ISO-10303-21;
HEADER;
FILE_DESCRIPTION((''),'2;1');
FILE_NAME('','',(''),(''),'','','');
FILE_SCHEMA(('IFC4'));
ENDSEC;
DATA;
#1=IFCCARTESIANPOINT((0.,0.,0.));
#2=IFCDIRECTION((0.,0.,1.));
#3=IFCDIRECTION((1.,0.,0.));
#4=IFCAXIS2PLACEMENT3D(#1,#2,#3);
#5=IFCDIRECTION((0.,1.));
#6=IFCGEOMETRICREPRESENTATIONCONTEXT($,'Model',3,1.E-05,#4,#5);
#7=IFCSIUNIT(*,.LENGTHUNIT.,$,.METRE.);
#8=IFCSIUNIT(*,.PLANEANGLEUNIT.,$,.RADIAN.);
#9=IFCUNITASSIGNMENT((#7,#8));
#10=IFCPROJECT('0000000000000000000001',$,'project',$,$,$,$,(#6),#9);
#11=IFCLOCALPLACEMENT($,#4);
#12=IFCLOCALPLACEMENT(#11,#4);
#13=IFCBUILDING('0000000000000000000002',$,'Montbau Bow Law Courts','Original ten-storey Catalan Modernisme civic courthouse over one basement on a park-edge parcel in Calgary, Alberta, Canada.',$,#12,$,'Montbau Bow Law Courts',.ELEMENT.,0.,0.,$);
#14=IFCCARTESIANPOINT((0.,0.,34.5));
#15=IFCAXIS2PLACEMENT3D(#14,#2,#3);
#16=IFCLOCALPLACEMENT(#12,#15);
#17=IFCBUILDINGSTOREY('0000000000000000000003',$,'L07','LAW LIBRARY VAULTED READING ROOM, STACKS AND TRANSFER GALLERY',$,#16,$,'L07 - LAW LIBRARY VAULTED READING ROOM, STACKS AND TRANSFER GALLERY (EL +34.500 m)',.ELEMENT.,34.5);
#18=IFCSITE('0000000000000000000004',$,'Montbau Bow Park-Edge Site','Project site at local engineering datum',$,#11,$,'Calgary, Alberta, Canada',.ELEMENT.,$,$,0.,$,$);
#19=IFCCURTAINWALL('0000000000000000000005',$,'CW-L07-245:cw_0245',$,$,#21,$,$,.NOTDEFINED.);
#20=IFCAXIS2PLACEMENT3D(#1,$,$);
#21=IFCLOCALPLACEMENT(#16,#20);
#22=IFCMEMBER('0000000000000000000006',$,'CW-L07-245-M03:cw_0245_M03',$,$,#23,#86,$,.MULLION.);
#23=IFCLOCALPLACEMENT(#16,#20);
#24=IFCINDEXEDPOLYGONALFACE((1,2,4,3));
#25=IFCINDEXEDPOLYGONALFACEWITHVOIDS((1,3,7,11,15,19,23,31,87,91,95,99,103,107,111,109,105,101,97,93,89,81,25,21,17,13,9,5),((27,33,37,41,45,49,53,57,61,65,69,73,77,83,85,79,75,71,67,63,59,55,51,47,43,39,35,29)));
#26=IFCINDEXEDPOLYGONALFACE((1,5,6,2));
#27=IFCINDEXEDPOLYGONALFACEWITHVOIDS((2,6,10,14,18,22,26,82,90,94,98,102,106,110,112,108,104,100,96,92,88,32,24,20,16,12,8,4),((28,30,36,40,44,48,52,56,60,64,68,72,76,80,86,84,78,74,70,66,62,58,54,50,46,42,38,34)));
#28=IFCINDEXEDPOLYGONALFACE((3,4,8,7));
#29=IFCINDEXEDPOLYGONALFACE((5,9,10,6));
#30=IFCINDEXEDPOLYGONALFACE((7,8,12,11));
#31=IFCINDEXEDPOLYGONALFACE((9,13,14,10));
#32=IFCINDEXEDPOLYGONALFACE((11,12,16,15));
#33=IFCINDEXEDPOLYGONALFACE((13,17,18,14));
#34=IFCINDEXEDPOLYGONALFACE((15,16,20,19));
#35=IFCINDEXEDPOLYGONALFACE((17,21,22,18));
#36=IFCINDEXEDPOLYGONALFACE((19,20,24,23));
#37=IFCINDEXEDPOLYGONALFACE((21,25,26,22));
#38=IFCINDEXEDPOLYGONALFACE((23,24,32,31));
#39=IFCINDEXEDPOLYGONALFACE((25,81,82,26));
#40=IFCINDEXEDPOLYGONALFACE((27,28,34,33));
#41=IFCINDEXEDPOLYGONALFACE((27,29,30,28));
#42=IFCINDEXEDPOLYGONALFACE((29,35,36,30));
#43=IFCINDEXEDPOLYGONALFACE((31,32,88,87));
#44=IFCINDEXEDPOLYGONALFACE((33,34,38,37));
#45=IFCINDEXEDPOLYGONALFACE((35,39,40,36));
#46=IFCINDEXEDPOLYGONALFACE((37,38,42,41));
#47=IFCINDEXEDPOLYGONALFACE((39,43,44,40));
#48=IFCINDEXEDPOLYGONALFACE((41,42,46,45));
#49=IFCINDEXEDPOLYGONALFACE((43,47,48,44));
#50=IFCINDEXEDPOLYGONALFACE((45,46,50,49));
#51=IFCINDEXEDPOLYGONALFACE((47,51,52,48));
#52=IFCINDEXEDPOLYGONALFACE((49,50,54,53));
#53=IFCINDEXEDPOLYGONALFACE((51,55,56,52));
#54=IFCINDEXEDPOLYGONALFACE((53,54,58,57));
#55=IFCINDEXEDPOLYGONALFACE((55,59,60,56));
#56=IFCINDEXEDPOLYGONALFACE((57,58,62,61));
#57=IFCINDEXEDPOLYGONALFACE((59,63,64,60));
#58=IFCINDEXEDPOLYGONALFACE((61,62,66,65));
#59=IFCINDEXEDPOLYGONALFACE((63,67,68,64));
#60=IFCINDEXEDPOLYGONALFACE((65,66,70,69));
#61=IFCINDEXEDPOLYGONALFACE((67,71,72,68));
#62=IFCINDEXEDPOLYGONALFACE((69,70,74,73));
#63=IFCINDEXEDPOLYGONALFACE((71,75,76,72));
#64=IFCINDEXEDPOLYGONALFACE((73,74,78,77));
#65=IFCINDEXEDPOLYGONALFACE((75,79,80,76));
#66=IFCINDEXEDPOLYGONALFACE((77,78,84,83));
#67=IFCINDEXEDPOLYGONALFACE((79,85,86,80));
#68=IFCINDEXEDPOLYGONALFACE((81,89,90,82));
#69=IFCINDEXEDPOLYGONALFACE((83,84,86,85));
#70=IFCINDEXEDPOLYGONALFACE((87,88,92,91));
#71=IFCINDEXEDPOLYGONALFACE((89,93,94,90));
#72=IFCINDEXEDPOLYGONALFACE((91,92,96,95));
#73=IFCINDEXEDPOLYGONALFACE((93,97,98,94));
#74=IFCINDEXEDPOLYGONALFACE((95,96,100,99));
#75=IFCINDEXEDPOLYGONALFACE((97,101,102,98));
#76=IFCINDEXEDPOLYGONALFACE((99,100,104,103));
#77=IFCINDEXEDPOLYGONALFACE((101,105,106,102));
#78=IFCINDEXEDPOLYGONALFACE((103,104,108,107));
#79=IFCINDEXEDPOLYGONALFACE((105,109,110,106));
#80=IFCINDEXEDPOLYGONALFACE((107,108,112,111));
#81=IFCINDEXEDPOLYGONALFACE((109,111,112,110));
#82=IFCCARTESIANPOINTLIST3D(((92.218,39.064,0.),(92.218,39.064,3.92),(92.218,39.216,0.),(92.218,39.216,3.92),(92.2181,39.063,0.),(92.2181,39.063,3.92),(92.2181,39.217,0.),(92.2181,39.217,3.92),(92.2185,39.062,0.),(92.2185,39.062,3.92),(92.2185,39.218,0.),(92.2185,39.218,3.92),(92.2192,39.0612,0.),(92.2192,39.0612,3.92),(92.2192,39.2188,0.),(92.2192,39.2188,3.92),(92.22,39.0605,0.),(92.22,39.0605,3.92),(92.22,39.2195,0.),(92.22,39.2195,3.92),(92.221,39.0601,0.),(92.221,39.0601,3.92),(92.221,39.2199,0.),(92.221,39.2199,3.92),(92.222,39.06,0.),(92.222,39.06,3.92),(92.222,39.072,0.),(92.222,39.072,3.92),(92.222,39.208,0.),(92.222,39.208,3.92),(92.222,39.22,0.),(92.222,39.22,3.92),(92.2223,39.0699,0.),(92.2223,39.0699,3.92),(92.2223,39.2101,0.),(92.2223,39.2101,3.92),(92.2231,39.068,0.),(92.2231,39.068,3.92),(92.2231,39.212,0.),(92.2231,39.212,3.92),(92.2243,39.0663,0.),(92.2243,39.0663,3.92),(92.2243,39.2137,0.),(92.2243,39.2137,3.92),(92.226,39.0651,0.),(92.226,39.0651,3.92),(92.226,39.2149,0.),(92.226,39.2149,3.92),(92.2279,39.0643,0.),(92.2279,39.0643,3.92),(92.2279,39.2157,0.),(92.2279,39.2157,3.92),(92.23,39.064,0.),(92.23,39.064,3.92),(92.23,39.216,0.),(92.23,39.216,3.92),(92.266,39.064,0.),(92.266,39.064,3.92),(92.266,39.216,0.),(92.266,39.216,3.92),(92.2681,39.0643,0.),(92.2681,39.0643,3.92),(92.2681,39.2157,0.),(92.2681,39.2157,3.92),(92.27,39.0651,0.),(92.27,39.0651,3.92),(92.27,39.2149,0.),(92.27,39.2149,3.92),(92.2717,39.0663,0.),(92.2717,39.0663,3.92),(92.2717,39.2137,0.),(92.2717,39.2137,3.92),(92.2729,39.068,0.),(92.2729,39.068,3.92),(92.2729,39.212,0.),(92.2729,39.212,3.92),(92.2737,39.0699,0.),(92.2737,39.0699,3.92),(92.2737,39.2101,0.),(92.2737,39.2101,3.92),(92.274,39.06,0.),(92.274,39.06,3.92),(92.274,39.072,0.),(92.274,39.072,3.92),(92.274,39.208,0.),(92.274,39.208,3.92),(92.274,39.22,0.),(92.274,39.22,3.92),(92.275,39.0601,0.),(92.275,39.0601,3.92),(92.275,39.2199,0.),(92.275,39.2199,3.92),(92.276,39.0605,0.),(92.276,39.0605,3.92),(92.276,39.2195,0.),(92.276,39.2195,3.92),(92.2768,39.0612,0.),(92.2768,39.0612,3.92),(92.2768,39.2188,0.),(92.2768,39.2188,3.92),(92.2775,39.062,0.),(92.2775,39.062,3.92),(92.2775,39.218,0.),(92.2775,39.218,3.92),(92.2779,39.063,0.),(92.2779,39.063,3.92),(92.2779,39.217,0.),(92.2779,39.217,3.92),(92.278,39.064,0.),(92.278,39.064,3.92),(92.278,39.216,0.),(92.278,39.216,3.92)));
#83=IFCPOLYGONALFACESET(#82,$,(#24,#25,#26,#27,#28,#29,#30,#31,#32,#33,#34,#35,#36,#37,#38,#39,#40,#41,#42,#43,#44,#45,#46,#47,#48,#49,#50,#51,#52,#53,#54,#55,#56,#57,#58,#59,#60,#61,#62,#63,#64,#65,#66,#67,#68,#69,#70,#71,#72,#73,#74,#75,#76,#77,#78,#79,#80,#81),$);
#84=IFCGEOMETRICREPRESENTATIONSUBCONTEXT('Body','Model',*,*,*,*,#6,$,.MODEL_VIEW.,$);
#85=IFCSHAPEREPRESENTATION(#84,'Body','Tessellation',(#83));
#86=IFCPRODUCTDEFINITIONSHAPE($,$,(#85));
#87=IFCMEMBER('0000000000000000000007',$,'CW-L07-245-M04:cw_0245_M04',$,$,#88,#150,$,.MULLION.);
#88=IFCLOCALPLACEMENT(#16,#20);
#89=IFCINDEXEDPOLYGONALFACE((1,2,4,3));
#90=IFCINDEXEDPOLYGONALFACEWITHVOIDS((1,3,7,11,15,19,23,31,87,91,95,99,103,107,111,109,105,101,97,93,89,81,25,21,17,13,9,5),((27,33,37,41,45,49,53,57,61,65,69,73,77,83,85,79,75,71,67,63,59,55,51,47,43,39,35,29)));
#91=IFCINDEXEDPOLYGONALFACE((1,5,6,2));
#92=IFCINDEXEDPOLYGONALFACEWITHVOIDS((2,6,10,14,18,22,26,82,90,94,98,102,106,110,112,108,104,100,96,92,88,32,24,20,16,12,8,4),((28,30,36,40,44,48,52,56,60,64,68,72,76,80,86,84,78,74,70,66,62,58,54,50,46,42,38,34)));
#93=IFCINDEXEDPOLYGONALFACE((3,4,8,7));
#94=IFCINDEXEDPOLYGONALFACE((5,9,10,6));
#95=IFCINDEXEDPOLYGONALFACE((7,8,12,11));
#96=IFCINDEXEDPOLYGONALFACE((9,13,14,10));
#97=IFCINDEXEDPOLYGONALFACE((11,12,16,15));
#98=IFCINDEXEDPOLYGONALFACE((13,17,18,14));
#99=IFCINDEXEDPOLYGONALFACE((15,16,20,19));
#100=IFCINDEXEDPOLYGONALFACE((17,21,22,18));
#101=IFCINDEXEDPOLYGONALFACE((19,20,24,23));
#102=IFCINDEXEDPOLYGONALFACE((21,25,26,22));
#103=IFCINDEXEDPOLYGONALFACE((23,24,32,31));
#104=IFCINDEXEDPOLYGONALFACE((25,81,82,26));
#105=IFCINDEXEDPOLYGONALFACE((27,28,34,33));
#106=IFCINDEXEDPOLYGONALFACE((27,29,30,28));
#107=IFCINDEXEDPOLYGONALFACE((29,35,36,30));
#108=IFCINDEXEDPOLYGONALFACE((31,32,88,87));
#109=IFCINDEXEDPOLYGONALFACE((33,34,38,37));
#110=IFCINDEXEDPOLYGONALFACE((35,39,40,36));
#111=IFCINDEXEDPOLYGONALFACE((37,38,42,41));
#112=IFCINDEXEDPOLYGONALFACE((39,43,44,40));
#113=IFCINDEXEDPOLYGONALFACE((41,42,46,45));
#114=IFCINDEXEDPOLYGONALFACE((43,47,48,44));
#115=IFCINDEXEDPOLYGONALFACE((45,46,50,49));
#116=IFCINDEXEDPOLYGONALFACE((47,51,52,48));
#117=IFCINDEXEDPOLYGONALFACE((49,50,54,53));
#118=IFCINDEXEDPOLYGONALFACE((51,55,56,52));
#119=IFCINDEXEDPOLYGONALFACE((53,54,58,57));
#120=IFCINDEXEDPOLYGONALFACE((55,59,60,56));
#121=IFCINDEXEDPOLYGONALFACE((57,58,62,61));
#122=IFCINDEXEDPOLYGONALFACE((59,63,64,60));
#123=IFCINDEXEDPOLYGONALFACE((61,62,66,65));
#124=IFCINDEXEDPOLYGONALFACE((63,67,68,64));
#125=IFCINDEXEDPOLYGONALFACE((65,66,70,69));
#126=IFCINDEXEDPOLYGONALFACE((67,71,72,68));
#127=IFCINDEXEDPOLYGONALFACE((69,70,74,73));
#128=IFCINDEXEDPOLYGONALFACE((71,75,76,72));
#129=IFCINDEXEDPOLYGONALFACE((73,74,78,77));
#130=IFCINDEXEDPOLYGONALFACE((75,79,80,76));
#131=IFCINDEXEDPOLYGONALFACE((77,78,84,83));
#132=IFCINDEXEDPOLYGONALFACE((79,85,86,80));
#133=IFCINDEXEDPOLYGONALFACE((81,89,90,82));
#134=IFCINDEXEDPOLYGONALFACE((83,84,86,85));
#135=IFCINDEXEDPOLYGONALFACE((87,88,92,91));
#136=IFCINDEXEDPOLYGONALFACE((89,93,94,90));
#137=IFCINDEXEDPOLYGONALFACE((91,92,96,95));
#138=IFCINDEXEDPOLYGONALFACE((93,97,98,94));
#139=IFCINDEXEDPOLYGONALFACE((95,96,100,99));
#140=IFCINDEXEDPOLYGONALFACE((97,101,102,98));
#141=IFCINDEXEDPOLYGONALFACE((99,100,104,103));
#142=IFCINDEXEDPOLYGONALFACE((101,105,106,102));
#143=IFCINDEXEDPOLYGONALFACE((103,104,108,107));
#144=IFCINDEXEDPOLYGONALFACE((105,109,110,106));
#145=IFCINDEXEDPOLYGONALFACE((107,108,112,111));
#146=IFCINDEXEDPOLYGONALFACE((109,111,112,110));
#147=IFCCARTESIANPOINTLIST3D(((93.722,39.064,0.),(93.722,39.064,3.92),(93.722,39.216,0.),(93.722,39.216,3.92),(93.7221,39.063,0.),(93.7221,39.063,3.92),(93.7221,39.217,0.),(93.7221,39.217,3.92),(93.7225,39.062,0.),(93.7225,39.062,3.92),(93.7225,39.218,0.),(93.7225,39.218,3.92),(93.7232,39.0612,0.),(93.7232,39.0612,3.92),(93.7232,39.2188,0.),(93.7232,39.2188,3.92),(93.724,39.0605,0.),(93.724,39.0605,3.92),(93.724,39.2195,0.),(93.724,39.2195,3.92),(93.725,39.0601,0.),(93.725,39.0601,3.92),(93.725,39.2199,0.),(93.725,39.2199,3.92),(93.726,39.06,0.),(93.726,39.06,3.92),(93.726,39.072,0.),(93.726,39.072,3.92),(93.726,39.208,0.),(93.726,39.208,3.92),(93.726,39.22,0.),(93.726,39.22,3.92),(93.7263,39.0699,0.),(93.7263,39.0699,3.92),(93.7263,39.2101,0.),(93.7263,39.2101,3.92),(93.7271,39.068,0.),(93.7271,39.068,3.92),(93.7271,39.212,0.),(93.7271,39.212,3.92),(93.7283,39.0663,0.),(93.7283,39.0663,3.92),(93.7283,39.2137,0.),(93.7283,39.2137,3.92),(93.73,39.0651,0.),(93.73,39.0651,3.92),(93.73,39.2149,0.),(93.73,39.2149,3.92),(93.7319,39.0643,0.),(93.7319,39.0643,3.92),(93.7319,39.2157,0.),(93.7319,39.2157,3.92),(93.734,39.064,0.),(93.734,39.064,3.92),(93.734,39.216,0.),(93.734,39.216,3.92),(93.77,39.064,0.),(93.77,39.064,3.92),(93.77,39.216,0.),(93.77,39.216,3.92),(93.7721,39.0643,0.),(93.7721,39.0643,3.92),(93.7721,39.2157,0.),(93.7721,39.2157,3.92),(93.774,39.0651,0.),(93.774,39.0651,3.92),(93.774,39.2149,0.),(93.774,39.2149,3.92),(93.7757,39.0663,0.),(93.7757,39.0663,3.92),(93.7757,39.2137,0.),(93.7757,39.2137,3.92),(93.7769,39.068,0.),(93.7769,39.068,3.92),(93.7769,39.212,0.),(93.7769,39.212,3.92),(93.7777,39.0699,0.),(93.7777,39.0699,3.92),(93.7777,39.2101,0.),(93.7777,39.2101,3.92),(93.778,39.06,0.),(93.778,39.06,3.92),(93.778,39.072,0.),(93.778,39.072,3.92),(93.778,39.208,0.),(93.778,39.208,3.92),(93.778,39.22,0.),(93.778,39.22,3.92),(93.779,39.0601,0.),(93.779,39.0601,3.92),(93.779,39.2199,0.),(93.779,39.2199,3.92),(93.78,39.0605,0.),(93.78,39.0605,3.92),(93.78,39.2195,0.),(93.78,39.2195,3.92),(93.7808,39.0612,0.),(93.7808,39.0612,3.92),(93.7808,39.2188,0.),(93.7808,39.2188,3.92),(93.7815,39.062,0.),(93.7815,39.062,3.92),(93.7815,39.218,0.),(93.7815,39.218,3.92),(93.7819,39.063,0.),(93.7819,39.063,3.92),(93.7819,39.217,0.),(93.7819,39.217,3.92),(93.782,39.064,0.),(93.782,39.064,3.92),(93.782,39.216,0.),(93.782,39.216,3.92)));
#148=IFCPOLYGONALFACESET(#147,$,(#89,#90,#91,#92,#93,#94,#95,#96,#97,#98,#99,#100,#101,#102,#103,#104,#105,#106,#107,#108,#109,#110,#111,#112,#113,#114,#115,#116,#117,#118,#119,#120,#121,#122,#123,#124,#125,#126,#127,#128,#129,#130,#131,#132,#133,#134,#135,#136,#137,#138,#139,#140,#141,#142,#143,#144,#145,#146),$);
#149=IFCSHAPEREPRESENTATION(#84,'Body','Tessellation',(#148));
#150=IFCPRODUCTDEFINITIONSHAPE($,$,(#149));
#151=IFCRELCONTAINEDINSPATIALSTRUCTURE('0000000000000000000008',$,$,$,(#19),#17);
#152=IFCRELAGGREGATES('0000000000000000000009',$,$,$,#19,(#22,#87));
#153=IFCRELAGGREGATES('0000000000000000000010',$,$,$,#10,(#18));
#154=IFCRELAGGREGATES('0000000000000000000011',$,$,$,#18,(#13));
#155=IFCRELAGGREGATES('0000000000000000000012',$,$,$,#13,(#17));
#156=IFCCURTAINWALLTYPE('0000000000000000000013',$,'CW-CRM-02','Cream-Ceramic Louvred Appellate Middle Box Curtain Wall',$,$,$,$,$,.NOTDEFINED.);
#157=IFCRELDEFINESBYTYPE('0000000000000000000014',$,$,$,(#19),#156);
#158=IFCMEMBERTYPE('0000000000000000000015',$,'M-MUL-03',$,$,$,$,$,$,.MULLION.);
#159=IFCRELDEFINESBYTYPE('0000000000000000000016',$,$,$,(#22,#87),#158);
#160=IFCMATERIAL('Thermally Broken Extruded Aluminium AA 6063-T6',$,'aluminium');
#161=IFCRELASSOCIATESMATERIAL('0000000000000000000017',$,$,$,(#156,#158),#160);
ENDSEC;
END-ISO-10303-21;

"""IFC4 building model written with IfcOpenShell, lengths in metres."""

from ifc_helpers import new_model, si_unit, direction, frame, origin_with_axes, origin_2d_with_axis, place, context, subcontext, project, spatial, hollow_rectangle, extrude, material, material_profile, profile_set, type_object, element, aggregate, save


model = new_model("IFC4")

# Units and contexts
model_context = context("Model", 3, precision=1e-05, world=origin_with_axes(), true_north=direction((0.0, 1.0)))
body_context = subcontext(model_context, "Body", "Model", "MODEL_VIEW")
ifc_project = project(units=[si_unit("LENGTHUNIT", "METRE"), si_unit("PLANEANGLEUNIT", "RADIAN")], contexts=[model_context])

# Site, building, storey
site_placement = place(None, origin_with_axes())
site = spatial("IfcSite", under=ifc_project, at=site_placement, Name="Montbau Bow Park-Edge Site", Description="Project site at local engineering datum", LongName="Calgary, Alberta, Canada", CompositionType="ELEMENT", RefElevation=0.0)
building_placement = place(site_placement, origin_with_axes())
building = spatial("IfcBuilding", under=site, at=building_placement, Name="Montbau Bow Law Courts", Description="Original ten-storey Catalan Modernisme civic courthouse over one basement on a park-edge parcel in Calgary, Alberta, Canada.", LongName="Montbau Bow Law Courts", CompositionType="ELEMENT", ElevationOfRefHeight=0.0, ElevationOfTerrain=0.0)
storey_placement = place(building_placement, frame((0.0, 0.0, 34.5), z_axis=(0.0, 0.0, 1.0), x_axis=(1.0, 0.0, 0.0)))
storey = spatial("IfcBuildingStorey", under=building, at=storey_placement, Name="L07", Description="LAW LIBRARY VAULTED READING ROOM, STACKS AND TRANSFER GALLERY", LongName="L07 - LAW LIBRARY VAULTED READING ROOM, STACKS AND TRANSFER GALLERY (EL +34.500 m)", CompositionType="ELEMENT", Elevation=34.5)

# Curtain wall, members
ifc_material_1 = material(Name="Thermally Broken Extruded Aluminium AA 6063-T6", Category="aluminium")
curtain_wall_type = type_object("IfcCurtainWallType", Name="CW-CRM-02", Description="Cream-Ceramic Louvred Appellate Middle Box Curtain Wall", PredefinedType="NOTDEFINED", material=ifc_material_1)
curtain_wall_placement = place(None, frame((89.24, 39.14, 34.5), z_axis=(0.0, 0.0, 1.0), x_axis=(1.0, 0.0, 0.0)))
curtain_wall = element("IfcCurtainWall", 1, at=curtain_wall_placement, inside=storey, type_object=curtain_wall_type, Name="CW-L07-245:cw_0245", PredefinedType="NOTDEFINED")
ifc_material_profile_1 = material_profile(ifc_material_1, hollow_rectangle(XDim=0.06, YDim=0.16, WallThickness=0.004, InnerFilletRadius=0.008, OuterFilletRadius=0.004, at=origin_2d_with_axis()), Name="CWM-160X60", Category="Main", Priority=0)
ifc_profile_set_1 = profile_set([ifc_material_profile_1], Name="Thermally Broken Extruded Aluminium AA 6063-T6")
member_type_1 = type_object("IfcMemberType", Name="M-MUL-03", PredefinedType="MULLION", material=ifc_profile_set_1)
member_1_placement = place(None, frame((92.248, 39.14, 34.5), z_axis=(0.0, 0.0, 1.0), x_axis=(1.0, 0.0, 0.0)))
member_1 = element("IfcMember", 2, at=member_1_placement, type_object=member_type_1, Name="CW-L07-245-M03:cw_0245_M03", PredefinedType="MULLION", context=body_context, shape_type="SweptSolid", body=[
    extrude(hollow_rectangle(XDim=0.06, YDim=0.16, WallThickness=0.004, InnerFilletRadius=0.008, OuterFilletRadius=0.004, at=origin_2d_with_axis()), origin_with_axes(), (0.0, 0.0, 1.0), 3.92),
])
member_2_placement = place(None, frame((93.752, 39.14, 34.5), z_axis=(0.0, 0.0, 1.0), x_axis=(1.0, 0.0, 0.0)))
member_2 = element("IfcMember", 3, at=member_2_placement, type_object=member_type_1, Name="CW-L07-245-M04:cw_0245_M04", PredefinedType="MULLION", context=body_context, shape_type="SweptSolid", body=[
    extrude(hollow_rectangle(XDim=0.06, YDim=0.16, WallThickness=0.004, InnerFilletRadius=0.008, OuterFilletRadius=0.004, at=origin_2d_with_axis()), origin_with_axes(), (0.0, 0.0, 1.0), 3.92),
])
aggregate(curtain_wall, [member_1, member_2])

save(model, "model.ifc")
